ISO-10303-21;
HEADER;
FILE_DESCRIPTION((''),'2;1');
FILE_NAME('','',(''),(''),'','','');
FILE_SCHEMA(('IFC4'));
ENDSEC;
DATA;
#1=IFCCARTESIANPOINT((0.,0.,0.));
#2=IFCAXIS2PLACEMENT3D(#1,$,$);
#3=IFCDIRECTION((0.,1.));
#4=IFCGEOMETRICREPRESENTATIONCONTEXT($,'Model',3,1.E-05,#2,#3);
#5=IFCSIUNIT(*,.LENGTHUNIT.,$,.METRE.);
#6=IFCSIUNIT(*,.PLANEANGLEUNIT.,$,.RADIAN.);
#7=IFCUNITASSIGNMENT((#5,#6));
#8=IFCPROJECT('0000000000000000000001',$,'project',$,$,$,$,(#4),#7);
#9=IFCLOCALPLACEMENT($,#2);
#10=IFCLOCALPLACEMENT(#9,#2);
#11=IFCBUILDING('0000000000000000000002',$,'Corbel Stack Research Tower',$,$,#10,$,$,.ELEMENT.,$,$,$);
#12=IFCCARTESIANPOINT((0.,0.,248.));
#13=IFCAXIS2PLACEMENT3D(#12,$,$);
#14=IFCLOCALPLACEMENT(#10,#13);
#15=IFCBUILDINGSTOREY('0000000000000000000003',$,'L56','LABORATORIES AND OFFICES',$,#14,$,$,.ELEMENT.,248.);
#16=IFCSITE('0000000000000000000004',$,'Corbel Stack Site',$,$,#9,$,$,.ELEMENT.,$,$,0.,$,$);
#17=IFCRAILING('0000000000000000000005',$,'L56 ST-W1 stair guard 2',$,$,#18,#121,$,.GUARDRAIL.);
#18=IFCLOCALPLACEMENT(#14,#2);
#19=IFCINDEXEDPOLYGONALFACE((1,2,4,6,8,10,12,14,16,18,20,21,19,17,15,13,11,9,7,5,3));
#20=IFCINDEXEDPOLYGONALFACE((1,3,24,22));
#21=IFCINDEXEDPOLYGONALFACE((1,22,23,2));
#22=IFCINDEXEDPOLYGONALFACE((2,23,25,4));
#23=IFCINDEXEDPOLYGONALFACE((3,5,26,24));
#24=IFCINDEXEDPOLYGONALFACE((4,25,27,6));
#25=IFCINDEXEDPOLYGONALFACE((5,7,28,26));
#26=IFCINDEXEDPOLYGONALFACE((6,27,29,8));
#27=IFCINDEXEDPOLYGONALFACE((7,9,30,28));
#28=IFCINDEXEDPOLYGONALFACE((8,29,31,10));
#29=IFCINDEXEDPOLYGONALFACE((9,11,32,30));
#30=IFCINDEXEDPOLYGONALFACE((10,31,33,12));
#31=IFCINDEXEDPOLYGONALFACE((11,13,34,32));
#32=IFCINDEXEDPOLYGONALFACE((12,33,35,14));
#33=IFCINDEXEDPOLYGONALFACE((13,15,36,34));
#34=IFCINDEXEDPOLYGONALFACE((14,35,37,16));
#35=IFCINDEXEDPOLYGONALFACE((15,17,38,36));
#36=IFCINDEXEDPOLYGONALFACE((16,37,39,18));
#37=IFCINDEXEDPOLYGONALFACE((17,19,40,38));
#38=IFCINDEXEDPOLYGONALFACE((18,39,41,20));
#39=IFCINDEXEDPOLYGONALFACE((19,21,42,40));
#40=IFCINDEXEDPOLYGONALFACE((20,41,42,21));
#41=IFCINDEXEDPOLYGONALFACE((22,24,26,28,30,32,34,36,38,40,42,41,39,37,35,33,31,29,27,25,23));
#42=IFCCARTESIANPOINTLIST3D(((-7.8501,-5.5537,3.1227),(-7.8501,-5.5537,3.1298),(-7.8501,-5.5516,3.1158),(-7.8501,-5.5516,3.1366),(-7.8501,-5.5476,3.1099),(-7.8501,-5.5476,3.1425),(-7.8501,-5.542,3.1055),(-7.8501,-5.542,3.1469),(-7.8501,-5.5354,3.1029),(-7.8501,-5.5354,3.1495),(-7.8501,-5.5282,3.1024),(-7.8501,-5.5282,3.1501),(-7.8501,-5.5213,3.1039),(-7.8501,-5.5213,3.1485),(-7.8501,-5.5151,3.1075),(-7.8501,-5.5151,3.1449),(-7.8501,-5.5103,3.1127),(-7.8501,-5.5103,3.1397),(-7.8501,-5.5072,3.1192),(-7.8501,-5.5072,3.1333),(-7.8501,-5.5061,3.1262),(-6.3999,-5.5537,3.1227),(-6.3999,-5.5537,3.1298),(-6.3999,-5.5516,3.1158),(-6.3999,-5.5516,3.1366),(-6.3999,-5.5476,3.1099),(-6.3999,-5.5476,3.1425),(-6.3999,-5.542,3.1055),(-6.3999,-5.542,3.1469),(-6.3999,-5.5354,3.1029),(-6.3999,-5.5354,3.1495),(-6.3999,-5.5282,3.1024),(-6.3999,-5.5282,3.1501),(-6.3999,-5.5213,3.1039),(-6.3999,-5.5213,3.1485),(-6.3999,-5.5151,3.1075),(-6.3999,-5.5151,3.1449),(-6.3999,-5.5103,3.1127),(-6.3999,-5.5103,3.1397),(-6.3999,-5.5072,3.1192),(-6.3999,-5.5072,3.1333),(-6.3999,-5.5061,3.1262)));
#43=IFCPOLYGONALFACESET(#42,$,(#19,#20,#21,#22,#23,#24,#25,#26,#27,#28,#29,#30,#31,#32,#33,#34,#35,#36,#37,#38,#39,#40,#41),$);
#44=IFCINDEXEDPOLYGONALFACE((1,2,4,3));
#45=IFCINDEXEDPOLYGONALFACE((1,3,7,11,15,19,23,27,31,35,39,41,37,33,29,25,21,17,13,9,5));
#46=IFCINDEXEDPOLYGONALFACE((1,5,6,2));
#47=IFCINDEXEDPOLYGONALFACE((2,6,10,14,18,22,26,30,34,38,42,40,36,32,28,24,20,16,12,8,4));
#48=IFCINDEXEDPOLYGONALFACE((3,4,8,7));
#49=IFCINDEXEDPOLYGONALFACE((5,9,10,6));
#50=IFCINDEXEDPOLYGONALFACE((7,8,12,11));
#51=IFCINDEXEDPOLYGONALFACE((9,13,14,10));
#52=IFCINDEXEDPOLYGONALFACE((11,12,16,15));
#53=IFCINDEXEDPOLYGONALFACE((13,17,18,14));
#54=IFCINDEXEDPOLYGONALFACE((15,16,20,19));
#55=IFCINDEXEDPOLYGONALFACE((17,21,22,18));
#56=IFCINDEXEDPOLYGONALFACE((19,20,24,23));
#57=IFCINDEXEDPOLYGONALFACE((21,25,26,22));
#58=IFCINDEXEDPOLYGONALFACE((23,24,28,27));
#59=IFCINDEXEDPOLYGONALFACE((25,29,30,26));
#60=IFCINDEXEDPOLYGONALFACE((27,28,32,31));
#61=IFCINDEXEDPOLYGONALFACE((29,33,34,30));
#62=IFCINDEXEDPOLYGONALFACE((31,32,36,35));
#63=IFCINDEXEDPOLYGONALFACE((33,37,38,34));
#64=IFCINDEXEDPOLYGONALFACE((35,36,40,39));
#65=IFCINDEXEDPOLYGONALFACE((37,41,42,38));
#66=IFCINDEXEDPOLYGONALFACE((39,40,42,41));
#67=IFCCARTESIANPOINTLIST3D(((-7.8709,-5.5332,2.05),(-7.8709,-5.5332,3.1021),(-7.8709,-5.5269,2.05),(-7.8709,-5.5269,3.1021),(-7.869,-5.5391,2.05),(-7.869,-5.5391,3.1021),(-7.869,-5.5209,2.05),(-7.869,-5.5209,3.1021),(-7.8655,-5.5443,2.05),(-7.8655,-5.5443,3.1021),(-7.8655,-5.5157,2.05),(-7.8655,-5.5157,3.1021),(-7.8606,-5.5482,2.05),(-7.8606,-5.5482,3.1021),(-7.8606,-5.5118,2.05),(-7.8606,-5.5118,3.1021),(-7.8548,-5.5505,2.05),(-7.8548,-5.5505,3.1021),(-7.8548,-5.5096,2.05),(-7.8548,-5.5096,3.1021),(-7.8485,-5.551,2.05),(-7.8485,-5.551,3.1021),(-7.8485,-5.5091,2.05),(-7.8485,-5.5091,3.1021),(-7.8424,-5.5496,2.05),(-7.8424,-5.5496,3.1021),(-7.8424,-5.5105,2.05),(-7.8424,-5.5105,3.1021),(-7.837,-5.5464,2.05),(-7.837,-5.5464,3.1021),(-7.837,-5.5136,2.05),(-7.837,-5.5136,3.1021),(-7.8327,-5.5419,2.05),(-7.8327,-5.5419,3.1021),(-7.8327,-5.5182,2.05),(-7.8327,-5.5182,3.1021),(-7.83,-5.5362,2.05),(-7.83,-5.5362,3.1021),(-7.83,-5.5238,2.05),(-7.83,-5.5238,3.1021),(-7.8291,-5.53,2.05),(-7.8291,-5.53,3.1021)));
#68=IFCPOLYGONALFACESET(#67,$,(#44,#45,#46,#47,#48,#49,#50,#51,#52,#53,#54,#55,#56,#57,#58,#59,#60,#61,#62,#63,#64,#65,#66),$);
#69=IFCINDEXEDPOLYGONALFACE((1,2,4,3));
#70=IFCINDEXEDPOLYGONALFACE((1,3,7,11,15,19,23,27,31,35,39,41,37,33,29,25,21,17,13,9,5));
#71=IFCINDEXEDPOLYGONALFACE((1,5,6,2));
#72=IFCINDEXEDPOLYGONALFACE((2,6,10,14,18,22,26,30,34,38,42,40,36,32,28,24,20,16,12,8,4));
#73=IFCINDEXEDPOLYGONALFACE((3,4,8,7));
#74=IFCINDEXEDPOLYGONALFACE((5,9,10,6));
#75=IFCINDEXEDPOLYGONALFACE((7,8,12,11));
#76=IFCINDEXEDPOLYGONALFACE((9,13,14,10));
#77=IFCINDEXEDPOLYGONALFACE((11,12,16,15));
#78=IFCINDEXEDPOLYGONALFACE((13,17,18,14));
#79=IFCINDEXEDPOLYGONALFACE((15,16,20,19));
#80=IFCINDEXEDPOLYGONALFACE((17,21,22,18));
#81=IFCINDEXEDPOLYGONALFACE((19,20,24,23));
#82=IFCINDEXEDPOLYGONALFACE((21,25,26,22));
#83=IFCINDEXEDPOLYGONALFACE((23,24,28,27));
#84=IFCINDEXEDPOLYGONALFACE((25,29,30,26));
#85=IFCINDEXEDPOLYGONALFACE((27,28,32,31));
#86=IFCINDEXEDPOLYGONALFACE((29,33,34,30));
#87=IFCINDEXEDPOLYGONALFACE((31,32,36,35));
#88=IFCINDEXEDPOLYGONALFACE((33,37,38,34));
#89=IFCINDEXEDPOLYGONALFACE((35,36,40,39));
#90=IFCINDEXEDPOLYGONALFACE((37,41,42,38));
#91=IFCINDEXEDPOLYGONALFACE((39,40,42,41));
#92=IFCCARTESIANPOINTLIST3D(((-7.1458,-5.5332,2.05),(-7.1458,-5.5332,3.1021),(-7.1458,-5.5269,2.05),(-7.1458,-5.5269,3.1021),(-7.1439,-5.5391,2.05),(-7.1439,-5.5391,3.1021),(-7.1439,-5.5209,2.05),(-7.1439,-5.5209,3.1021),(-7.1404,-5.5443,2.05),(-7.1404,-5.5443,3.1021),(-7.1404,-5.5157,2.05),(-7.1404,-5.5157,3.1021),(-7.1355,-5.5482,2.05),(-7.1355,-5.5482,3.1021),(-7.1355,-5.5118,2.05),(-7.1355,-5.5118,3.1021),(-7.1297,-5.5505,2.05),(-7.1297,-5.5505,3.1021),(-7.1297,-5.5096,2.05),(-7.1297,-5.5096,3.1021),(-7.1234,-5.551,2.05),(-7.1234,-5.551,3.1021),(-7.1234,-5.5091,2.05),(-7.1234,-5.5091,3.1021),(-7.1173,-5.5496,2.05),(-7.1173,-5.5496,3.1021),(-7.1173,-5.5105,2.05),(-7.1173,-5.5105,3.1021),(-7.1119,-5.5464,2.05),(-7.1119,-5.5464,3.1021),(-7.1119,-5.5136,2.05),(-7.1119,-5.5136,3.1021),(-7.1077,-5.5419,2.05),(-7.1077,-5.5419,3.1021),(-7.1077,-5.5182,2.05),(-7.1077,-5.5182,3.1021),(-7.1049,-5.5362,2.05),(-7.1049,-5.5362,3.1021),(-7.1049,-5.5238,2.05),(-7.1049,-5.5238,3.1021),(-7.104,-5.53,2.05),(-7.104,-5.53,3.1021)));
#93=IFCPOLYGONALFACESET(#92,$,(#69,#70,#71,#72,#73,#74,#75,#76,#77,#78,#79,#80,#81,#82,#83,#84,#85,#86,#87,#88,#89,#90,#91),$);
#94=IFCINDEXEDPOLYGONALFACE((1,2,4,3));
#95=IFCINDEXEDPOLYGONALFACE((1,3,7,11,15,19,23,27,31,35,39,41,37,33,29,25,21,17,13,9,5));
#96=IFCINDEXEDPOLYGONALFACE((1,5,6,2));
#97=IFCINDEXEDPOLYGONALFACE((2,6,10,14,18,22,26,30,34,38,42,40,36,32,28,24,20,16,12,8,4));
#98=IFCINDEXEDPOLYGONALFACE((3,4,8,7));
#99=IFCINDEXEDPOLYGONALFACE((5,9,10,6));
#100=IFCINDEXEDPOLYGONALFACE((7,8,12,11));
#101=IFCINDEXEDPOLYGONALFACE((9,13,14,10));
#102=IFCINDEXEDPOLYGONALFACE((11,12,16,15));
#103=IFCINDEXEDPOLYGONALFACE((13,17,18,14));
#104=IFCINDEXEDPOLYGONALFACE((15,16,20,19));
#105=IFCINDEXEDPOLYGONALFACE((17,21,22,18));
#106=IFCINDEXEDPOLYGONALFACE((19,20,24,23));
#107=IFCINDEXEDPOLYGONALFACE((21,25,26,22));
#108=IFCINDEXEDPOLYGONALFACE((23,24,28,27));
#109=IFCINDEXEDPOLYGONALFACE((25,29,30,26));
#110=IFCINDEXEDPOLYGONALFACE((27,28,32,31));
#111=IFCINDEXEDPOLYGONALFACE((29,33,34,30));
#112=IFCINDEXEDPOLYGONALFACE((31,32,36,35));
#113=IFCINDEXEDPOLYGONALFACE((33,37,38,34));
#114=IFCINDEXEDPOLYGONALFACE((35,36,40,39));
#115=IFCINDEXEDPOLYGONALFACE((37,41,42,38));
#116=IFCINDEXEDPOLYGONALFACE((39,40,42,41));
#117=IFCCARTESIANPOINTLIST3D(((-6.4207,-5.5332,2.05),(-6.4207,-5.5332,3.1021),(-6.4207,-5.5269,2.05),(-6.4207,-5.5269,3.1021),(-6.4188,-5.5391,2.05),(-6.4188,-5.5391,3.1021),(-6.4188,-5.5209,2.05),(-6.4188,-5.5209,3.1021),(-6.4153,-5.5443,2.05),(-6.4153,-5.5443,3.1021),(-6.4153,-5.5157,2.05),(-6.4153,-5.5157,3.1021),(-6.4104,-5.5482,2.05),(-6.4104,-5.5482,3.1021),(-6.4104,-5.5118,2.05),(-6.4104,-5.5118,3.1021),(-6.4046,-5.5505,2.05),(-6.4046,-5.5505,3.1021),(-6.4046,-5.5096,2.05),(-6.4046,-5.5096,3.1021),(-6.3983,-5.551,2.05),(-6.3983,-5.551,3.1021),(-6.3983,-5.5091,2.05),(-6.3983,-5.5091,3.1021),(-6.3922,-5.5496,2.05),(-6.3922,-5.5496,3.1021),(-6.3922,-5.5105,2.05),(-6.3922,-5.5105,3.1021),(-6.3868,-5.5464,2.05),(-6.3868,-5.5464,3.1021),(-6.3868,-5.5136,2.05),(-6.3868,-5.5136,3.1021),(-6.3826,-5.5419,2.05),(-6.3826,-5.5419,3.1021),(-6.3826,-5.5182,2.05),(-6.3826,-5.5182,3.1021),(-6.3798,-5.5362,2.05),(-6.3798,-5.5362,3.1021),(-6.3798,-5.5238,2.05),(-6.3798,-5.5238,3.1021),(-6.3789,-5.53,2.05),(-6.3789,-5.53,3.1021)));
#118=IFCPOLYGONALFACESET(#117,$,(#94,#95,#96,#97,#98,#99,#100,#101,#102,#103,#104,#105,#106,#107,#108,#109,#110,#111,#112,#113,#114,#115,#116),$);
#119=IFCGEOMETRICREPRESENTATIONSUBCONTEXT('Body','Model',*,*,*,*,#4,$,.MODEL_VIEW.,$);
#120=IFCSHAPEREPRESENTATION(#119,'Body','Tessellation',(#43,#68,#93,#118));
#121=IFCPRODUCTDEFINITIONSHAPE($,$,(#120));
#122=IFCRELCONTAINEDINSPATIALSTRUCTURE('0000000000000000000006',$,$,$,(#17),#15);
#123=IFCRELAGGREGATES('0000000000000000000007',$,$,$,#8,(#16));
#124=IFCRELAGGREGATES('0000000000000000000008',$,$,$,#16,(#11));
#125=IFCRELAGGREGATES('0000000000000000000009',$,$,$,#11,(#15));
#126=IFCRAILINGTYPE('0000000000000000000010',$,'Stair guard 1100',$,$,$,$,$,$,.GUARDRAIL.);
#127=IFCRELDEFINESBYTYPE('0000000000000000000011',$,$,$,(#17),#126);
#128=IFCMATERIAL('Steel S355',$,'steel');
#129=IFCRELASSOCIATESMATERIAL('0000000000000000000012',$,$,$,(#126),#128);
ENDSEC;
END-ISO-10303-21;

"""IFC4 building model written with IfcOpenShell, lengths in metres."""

from ifc_helpers import new_model, si_unit, direction, frame, origin, origin_2d, place, context, subcontext, project, spatial, circle, extrude, material, type_object, element, save


model = new_model("IFC4")

# Units and contexts
model_context = context("Model", 3, precision=1e-05, world=origin(), true_north=direction((0.0, 1.0)))
body_context = subcontext(model_context, "Body", "Model", "MODEL_VIEW")
ifc_project = project(units=[si_unit("LENGTHUNIT", "METRE"), si_unit("PLANEANGLEUNIT", "RADIAN")], contexts=[model_context])

# Site, building, storey
site_placement = place(None, origin())
site = spatial("IfcSite", under=ifc_project, at=site_placement, Name="Corbel Stack Site", CompositionType="ELEMENT", RefElevation=0.0)
building_placement = place(site_placement, origin())
building = spatial("IfcBuilding", under=site, at=building_placement, Name="Corbel Stack Research Tower", CompositionType="ELEMENT")
storey_placement = place(building_placement, frame((0.0, 0.0, 248.0)))
storey = spatial("IfcBuildingStorey", under=building, at=storey_placement, Name="L56", Description="LABORATORIES AND OFFICES", CompositionType="ELEMENT", Elevation=248.0)

# Railing
ifc_material_1 = material(Name="Steel S355", Category="steel")
railing_type_1 = type_object("IfcRailingType", Name="Stair guard 1100", PredefinedType="GUARDRAIL", material=ifc_material_1)
railing_1_placement = place(storey_placement, frame((-7.8501, -5.53, 2.05)))
element("IfcRailing", 1, at=railing_1_placement, inside=storey, type_object=railing_type_1, Name="L56 ST-W1 stair guard 2", PredefinedType="GUARDRAIL", context=body_context, shape_type="SweptSolid", body=[
    extrude(circle(Radius=0.0239, at=origin_2d()), frame((0.0, 0.0, 1.0762), z_axis=(1.0, 0.0, 0.0), x_axis=(0.0, 1.0, 0.0)), (0.0, 0.0, 1.0), 1.4502),
    extrude(circle(Radius=0.021, at=origin_2d()), origin(), (0.0, 0.0, 1.0), 1.052),
    extrude(circle(Radius=0.021, at=origin_2d()), frame((0.7251, 0.0, 0.0)), (0.0, 0.0, 1.0), 1.052),
    extrude(circle(Radius=0.021, at=origin_2d()), frame((1.4502, 0.0, 0.0)), (0.0, 0.0, 1.0), 1.052),
])

save(model, "model.ifc")
